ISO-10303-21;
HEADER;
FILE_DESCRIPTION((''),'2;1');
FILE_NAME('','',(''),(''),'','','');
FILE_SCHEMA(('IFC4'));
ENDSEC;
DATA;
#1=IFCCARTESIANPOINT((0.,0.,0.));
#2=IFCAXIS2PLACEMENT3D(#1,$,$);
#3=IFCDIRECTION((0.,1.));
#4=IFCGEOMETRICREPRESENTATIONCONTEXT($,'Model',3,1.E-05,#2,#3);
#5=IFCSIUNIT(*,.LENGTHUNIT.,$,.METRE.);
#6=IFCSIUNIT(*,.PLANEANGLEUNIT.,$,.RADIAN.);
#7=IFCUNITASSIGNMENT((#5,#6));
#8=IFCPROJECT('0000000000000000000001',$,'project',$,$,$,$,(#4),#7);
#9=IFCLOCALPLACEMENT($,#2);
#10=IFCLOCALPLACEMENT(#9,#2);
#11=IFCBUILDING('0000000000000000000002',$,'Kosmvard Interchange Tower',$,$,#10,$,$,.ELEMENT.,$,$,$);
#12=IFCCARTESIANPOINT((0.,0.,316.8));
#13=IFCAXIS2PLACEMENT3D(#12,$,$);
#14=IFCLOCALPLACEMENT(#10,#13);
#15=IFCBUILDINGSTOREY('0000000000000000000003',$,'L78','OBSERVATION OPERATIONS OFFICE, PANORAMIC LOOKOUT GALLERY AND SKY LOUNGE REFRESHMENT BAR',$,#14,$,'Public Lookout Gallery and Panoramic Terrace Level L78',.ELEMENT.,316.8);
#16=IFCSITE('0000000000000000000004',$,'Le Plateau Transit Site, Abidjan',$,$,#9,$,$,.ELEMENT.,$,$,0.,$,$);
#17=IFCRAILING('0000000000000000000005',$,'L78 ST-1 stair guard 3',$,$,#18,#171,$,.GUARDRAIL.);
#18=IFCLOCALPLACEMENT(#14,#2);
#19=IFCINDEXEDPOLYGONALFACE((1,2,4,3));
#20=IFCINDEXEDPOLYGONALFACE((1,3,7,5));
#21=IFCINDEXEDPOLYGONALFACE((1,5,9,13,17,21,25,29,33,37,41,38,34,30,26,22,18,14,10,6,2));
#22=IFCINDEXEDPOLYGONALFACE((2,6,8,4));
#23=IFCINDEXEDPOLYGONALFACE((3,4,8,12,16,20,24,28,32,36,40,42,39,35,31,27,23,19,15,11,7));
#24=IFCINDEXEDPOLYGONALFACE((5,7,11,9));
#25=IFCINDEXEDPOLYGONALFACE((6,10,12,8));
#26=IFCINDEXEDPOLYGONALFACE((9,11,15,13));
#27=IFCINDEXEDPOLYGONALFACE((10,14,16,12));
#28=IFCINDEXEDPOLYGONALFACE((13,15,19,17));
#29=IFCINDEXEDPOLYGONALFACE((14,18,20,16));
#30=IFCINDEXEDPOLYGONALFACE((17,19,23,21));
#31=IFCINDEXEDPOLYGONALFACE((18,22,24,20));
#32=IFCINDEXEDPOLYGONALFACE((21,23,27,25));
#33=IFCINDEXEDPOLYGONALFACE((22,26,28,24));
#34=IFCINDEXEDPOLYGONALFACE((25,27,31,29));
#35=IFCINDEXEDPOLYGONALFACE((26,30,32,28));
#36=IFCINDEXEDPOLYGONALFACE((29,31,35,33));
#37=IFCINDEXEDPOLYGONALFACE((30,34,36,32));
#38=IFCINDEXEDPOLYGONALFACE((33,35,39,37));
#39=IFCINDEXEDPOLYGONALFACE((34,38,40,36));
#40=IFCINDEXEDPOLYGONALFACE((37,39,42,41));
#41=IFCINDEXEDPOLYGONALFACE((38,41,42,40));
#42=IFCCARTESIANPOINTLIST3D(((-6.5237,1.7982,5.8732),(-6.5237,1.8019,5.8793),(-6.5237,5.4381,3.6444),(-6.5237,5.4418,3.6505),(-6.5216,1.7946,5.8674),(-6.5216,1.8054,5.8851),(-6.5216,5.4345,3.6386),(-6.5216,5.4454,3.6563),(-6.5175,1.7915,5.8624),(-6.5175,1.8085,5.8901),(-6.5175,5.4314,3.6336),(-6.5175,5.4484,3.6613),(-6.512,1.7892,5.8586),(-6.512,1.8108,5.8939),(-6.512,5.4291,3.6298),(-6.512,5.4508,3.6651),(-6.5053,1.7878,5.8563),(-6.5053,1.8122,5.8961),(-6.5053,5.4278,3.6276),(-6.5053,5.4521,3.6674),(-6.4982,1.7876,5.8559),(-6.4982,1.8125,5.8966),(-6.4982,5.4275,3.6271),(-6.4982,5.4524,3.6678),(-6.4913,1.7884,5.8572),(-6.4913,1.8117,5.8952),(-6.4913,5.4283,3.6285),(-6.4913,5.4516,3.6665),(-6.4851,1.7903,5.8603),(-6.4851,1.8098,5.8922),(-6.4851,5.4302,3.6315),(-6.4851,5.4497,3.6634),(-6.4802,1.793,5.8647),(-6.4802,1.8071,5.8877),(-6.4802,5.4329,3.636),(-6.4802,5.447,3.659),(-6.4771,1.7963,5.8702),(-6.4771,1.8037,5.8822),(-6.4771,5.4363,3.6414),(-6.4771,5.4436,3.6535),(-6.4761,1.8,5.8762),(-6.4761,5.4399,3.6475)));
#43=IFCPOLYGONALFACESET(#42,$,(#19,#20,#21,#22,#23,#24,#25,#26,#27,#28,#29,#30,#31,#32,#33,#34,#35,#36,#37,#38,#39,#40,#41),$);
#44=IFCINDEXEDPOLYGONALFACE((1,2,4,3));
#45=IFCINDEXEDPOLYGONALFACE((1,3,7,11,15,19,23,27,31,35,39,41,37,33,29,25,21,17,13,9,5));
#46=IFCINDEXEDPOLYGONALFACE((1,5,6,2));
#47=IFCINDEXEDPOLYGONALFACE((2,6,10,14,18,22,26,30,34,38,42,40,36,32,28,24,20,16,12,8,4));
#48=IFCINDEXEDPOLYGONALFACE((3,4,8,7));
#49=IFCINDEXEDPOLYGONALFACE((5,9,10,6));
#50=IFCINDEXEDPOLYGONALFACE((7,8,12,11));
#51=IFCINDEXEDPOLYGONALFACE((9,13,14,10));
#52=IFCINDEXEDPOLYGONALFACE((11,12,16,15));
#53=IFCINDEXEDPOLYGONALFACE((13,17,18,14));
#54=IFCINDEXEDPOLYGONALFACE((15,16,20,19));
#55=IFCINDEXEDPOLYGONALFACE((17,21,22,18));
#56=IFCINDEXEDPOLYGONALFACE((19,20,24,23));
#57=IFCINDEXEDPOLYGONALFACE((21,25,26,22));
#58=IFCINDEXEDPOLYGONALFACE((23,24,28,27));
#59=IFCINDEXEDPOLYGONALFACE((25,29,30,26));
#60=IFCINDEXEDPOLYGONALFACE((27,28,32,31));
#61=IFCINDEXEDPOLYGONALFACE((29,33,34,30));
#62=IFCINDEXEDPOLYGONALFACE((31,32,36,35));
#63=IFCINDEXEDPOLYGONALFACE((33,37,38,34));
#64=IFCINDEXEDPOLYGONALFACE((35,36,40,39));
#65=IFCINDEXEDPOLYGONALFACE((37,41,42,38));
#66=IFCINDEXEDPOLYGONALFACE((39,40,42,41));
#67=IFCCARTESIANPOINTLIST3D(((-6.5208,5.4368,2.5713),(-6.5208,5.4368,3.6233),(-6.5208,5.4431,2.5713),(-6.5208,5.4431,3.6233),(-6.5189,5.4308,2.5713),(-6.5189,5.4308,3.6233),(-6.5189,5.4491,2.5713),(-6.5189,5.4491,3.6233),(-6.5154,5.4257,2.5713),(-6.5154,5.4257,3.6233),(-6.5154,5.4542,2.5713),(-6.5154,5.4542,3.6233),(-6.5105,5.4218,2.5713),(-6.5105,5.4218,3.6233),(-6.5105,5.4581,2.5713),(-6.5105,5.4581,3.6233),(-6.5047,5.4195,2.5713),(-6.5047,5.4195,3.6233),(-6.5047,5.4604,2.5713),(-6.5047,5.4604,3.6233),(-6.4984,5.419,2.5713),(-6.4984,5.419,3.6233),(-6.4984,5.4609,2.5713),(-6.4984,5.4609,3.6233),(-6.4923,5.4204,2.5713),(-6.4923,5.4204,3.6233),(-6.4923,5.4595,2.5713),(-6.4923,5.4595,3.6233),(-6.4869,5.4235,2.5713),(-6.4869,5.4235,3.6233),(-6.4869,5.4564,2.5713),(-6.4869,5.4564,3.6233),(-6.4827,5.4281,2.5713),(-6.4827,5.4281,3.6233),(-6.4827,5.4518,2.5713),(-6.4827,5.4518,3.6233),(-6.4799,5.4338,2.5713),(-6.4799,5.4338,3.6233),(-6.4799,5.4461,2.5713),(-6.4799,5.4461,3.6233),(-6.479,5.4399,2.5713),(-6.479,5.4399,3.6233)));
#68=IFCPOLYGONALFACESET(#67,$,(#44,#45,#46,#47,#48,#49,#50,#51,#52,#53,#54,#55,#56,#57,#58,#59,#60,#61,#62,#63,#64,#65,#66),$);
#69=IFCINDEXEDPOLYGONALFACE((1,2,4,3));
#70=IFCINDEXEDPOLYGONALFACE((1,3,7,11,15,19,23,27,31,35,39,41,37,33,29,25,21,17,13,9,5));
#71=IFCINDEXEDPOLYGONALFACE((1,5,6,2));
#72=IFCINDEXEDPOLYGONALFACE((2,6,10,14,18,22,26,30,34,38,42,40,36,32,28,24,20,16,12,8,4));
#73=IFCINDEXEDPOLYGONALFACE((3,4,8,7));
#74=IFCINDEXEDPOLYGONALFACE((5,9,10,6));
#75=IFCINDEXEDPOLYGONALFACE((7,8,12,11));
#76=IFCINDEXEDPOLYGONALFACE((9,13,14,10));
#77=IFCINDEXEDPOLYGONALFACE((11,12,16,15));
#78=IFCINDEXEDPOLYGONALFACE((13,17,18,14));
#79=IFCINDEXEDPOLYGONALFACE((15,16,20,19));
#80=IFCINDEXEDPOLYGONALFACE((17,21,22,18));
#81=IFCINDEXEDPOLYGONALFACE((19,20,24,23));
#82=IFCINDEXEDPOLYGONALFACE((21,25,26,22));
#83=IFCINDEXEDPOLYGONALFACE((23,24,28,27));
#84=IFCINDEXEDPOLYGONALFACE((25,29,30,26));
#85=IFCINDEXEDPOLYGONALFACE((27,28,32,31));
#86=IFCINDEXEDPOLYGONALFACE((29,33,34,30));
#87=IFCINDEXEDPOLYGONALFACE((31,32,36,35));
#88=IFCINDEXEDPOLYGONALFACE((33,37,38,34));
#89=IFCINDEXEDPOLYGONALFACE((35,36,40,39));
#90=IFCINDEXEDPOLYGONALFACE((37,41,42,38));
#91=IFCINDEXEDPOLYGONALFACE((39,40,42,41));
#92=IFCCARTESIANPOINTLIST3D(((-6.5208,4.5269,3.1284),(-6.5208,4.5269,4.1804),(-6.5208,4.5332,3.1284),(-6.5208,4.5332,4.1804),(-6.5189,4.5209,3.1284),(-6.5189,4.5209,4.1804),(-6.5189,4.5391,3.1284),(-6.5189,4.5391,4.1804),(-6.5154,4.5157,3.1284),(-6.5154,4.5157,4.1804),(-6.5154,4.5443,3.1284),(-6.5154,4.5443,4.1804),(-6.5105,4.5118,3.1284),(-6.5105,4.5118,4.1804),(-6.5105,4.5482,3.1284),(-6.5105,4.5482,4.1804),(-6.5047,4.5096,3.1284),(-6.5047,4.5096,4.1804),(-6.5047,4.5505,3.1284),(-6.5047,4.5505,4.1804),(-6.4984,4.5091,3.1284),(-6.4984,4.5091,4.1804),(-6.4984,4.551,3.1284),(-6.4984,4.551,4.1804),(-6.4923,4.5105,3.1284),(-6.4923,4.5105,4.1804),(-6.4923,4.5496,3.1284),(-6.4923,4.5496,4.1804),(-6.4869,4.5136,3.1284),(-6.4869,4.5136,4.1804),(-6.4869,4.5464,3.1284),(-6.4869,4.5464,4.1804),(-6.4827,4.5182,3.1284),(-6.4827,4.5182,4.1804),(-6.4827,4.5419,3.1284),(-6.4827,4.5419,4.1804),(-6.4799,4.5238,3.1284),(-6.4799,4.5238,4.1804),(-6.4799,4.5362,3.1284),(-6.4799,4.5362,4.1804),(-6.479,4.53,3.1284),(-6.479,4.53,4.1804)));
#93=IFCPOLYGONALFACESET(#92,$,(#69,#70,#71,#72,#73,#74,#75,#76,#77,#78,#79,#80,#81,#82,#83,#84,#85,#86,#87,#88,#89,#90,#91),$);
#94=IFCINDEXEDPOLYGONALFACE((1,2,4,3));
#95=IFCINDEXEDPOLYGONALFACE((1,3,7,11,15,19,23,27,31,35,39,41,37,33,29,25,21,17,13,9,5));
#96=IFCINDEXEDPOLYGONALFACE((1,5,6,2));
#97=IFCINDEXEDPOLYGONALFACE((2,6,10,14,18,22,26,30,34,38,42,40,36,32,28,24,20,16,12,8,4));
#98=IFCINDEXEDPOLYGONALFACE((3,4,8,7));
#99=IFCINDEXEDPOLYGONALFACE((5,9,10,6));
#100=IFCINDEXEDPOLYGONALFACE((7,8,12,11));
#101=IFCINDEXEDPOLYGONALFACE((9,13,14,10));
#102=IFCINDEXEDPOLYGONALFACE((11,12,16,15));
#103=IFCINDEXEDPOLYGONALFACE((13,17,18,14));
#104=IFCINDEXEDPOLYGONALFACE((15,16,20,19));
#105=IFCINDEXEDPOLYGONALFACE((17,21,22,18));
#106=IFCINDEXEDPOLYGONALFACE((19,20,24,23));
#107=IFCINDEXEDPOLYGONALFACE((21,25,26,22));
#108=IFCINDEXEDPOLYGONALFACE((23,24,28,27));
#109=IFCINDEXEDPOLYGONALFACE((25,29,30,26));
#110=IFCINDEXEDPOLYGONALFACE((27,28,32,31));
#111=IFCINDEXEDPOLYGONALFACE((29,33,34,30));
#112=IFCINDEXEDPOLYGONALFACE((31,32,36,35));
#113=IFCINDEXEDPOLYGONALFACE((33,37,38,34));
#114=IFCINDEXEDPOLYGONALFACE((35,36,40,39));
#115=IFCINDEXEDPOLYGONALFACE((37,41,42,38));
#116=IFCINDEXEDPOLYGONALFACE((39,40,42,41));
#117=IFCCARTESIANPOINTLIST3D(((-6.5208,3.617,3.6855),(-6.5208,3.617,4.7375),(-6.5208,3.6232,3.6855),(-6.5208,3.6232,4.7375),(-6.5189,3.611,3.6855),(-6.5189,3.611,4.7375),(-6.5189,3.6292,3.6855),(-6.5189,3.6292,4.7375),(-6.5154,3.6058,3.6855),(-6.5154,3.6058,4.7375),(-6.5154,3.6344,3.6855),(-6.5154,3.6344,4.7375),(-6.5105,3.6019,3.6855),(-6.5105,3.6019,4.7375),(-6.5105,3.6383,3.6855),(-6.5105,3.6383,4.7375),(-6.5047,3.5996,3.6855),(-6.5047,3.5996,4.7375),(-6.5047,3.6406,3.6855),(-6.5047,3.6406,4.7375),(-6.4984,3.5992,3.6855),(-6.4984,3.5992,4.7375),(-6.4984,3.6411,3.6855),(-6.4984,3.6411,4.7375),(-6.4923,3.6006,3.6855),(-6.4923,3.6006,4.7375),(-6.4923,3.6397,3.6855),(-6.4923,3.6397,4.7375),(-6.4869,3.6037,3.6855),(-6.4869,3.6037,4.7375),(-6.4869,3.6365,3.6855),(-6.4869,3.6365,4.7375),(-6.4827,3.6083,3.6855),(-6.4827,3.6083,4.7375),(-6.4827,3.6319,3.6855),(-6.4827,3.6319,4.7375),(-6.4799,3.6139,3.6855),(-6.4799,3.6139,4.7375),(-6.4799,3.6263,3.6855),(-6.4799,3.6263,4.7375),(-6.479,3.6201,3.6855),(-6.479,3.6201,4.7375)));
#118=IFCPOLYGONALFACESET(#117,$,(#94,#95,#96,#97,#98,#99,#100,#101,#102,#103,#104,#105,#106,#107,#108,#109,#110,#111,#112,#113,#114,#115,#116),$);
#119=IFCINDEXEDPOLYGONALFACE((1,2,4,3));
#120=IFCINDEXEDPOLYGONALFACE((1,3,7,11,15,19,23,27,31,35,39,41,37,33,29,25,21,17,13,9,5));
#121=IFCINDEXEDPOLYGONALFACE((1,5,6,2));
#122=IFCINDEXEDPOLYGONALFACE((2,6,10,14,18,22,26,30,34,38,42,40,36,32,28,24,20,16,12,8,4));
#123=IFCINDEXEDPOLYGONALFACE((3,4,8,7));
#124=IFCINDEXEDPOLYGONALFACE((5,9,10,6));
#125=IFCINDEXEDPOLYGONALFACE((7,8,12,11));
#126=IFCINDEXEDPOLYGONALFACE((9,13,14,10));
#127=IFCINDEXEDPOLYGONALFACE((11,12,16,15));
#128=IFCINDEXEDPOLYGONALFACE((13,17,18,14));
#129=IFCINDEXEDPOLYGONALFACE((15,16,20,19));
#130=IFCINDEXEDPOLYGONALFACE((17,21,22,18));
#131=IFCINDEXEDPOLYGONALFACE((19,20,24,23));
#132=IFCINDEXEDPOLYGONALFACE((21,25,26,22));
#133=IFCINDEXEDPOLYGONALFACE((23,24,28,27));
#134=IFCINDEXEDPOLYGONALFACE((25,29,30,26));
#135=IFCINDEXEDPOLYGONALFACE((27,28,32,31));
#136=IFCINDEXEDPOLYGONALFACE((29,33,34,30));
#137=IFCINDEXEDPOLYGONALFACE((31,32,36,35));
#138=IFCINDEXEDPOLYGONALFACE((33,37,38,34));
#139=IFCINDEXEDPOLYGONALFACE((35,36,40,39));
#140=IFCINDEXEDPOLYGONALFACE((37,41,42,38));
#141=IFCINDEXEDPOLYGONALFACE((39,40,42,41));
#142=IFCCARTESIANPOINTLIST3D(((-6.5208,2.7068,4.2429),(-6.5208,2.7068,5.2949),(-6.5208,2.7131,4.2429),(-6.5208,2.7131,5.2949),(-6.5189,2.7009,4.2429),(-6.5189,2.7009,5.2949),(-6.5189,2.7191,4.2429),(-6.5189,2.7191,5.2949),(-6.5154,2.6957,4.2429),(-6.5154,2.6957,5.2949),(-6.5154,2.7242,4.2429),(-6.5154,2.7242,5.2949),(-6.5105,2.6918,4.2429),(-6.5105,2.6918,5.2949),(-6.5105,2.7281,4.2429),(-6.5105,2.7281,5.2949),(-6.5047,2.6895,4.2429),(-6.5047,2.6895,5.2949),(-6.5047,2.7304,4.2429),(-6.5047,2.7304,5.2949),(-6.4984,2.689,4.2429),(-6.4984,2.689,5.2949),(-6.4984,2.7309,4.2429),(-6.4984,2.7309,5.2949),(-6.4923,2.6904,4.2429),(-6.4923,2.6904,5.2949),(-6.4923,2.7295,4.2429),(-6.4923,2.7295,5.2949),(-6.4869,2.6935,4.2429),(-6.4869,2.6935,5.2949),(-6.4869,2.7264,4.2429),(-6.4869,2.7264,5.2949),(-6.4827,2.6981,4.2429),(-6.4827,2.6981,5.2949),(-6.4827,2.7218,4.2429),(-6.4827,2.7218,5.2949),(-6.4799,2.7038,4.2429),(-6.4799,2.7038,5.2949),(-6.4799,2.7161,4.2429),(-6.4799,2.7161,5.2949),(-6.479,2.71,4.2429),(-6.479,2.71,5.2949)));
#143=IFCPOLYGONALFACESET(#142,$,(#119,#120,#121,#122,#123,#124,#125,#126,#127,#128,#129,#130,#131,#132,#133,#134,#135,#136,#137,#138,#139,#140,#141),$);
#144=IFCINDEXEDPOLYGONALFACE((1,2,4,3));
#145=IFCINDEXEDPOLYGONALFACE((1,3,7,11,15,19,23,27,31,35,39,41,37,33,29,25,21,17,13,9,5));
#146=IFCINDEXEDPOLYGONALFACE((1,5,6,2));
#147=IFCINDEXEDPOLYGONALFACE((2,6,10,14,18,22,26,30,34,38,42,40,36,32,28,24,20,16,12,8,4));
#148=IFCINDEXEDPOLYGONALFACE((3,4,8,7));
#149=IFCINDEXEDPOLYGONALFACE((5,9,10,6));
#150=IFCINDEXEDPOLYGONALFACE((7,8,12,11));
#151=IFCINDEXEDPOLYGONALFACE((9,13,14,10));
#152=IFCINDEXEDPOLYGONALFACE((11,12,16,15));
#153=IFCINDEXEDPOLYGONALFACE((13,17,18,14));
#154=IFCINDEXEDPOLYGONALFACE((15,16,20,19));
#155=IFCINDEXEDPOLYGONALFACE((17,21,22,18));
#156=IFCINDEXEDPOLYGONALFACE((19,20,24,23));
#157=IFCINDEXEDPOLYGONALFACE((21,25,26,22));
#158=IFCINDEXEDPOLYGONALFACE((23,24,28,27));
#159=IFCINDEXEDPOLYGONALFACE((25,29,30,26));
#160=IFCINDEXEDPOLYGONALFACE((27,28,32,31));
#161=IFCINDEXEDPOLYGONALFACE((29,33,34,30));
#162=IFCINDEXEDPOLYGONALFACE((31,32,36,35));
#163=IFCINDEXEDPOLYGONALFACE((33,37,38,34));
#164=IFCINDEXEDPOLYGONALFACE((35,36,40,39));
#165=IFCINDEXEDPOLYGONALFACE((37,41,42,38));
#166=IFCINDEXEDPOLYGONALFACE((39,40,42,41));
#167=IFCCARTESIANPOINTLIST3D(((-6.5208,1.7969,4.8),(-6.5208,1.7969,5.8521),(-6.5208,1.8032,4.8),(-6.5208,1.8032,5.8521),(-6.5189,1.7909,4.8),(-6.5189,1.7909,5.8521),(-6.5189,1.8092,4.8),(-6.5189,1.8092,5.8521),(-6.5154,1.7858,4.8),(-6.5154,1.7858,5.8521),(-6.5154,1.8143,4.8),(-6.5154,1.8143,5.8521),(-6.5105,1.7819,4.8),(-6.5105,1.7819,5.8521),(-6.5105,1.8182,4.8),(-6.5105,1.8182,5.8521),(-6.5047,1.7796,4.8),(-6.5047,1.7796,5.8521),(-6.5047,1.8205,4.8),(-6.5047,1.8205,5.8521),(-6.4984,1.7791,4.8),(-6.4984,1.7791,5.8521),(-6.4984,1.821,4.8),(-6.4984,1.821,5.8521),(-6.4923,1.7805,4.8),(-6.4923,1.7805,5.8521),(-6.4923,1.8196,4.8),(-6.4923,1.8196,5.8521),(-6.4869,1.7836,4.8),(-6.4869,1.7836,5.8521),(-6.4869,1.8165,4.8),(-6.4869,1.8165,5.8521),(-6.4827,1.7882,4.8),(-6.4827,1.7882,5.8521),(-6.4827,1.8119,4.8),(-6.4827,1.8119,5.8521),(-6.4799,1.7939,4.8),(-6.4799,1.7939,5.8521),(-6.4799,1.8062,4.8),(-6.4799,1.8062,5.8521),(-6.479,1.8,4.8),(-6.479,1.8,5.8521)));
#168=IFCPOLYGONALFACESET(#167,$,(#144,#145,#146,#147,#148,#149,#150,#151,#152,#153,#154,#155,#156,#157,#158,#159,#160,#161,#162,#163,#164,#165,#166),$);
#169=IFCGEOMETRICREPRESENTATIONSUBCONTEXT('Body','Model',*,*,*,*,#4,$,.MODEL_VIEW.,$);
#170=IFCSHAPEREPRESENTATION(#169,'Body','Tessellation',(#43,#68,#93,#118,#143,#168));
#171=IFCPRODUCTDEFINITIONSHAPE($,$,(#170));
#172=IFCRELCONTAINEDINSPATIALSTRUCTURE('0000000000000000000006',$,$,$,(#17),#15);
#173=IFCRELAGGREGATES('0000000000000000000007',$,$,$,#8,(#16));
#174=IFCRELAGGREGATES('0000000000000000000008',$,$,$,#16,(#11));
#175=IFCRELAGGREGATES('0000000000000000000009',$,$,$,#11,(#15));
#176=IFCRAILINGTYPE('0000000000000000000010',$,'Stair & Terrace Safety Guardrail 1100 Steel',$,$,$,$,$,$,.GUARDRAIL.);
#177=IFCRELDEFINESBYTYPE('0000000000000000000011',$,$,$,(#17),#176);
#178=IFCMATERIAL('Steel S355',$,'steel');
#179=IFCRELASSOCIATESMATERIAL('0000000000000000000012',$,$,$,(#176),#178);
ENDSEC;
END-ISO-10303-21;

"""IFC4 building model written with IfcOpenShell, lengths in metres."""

from ifc_helpers import new_model, si_unit, direction, frame, origin, origin_2d, place, context, subcontext, project, spatial, circle, extrude, source, transform, mapped, material, type_object, element, save


model = new_model("IFC4")

# Units and contexts
model_context = context("Model", 3, precision=1e-05, world=origin(), true_north=direction((0.0, 1.0)))
body_context = subcontext(model_context, "Body", "Model", "MODEL_VIEW")
ifc_project = project(units=[si_unit("LENGTHUNIT", "METRE"), si_unit("PLANEANGLEUNIT", "RADIAN")], contexts=[model_context])

# Site, building, storey
site_placement = place(None, origin())
site = spatial("IfcSite", under=ifc_project, at=site_placement, Name="Le Plateau Transit Site, Abidjan", CompositionType="ELEMENT", RefElevation=0.0)
building_placement = place(site_placement, origin())
building = spatial("IfcBuilding", under=site, at=building_placement, Name="Kosmvard Interchange Tower", CompositionType="ELEMENT")
storey_placement = place(building_placement, frame((0.0, 0.0, 316.8)))
storey = spatial("IfcBuildingStorey", under=building, at=storey_placement, Name="L78", Description="OBSERVATION OPERATIONS OFFICE, PANORAMIC LOOKOUT GALLERY AND SKY LOUNGE REFRESHMENT BAR", LongName="Public Lookout Gallery and Panoramic Terrace Level L78", CompositionType="ELEMENT", Elevation=316.8)

# Shared definitions
ifc_material_1 = material(Name="Steel S355", Category="steel")

# Railing
railing_type_1 = type_object("IfcRailingType", Name="Stair & Terrace Safety Guardrail 1100 Steel", PredefinedType="GUARDRAIL", material=ifc_material_1)
shared_shape_1 = source(origin(), body_context, "Body", "SweptSolid", [
    extrude(circle(Radius=0.0239, at=origin_2d()), frame((0.0, 0.0, 1.0762), z_axis=(0.0, -0.852825, 0.522197), x_axis=(1.0, 0.0, 0.0)), (0.0, 0.0, 1.0), 4.2681),
    extrude(circle(Radius=0.021, at=origin_2d()), origin(), (0.0, 0.0, 1.0), 1.052),
    extrude(circle(Radius=0.021, at=origin_2d()), frame((0.0, -0.9099, 0.5571)), (0.0, 0.0, 1.0), 1.052),
    extrude(circle(Radius=0.021, at=origin_2d()), frame((0.0, -1.8198, 1.1143)), (0.0, 0.0, 1.0), 1.052),
    extrude(circle(Radius=0.021, at=origin_2d()), frame((0.0, -2.73, 1.6716)), (0.0, 0.0, 1.0), 1.052),
    extrude(circle(Radius=0.021, at=origin_2d()), frame((0.0, -3.6399, 2.2288)), (0.0, 0.0, 1.0), 1.052),
])
railing_1_placement = place(storey_placement, frame((-6.5, 5.4399, 2.5713)))
element("IfcRailing", 1, at=railing_1_placement, inside=storey, type_object=railing_type_1, Name="L78 ST-1 stair guard 3", PredefinedType="GUARDRAIL", context=body_context, shape_type="MappedRepresentation", body=[
    mapped(shared_shape_1, transform((0.0, 0.0, 0.0), scale=1.0)),
])

save(model, "model.ifc")
